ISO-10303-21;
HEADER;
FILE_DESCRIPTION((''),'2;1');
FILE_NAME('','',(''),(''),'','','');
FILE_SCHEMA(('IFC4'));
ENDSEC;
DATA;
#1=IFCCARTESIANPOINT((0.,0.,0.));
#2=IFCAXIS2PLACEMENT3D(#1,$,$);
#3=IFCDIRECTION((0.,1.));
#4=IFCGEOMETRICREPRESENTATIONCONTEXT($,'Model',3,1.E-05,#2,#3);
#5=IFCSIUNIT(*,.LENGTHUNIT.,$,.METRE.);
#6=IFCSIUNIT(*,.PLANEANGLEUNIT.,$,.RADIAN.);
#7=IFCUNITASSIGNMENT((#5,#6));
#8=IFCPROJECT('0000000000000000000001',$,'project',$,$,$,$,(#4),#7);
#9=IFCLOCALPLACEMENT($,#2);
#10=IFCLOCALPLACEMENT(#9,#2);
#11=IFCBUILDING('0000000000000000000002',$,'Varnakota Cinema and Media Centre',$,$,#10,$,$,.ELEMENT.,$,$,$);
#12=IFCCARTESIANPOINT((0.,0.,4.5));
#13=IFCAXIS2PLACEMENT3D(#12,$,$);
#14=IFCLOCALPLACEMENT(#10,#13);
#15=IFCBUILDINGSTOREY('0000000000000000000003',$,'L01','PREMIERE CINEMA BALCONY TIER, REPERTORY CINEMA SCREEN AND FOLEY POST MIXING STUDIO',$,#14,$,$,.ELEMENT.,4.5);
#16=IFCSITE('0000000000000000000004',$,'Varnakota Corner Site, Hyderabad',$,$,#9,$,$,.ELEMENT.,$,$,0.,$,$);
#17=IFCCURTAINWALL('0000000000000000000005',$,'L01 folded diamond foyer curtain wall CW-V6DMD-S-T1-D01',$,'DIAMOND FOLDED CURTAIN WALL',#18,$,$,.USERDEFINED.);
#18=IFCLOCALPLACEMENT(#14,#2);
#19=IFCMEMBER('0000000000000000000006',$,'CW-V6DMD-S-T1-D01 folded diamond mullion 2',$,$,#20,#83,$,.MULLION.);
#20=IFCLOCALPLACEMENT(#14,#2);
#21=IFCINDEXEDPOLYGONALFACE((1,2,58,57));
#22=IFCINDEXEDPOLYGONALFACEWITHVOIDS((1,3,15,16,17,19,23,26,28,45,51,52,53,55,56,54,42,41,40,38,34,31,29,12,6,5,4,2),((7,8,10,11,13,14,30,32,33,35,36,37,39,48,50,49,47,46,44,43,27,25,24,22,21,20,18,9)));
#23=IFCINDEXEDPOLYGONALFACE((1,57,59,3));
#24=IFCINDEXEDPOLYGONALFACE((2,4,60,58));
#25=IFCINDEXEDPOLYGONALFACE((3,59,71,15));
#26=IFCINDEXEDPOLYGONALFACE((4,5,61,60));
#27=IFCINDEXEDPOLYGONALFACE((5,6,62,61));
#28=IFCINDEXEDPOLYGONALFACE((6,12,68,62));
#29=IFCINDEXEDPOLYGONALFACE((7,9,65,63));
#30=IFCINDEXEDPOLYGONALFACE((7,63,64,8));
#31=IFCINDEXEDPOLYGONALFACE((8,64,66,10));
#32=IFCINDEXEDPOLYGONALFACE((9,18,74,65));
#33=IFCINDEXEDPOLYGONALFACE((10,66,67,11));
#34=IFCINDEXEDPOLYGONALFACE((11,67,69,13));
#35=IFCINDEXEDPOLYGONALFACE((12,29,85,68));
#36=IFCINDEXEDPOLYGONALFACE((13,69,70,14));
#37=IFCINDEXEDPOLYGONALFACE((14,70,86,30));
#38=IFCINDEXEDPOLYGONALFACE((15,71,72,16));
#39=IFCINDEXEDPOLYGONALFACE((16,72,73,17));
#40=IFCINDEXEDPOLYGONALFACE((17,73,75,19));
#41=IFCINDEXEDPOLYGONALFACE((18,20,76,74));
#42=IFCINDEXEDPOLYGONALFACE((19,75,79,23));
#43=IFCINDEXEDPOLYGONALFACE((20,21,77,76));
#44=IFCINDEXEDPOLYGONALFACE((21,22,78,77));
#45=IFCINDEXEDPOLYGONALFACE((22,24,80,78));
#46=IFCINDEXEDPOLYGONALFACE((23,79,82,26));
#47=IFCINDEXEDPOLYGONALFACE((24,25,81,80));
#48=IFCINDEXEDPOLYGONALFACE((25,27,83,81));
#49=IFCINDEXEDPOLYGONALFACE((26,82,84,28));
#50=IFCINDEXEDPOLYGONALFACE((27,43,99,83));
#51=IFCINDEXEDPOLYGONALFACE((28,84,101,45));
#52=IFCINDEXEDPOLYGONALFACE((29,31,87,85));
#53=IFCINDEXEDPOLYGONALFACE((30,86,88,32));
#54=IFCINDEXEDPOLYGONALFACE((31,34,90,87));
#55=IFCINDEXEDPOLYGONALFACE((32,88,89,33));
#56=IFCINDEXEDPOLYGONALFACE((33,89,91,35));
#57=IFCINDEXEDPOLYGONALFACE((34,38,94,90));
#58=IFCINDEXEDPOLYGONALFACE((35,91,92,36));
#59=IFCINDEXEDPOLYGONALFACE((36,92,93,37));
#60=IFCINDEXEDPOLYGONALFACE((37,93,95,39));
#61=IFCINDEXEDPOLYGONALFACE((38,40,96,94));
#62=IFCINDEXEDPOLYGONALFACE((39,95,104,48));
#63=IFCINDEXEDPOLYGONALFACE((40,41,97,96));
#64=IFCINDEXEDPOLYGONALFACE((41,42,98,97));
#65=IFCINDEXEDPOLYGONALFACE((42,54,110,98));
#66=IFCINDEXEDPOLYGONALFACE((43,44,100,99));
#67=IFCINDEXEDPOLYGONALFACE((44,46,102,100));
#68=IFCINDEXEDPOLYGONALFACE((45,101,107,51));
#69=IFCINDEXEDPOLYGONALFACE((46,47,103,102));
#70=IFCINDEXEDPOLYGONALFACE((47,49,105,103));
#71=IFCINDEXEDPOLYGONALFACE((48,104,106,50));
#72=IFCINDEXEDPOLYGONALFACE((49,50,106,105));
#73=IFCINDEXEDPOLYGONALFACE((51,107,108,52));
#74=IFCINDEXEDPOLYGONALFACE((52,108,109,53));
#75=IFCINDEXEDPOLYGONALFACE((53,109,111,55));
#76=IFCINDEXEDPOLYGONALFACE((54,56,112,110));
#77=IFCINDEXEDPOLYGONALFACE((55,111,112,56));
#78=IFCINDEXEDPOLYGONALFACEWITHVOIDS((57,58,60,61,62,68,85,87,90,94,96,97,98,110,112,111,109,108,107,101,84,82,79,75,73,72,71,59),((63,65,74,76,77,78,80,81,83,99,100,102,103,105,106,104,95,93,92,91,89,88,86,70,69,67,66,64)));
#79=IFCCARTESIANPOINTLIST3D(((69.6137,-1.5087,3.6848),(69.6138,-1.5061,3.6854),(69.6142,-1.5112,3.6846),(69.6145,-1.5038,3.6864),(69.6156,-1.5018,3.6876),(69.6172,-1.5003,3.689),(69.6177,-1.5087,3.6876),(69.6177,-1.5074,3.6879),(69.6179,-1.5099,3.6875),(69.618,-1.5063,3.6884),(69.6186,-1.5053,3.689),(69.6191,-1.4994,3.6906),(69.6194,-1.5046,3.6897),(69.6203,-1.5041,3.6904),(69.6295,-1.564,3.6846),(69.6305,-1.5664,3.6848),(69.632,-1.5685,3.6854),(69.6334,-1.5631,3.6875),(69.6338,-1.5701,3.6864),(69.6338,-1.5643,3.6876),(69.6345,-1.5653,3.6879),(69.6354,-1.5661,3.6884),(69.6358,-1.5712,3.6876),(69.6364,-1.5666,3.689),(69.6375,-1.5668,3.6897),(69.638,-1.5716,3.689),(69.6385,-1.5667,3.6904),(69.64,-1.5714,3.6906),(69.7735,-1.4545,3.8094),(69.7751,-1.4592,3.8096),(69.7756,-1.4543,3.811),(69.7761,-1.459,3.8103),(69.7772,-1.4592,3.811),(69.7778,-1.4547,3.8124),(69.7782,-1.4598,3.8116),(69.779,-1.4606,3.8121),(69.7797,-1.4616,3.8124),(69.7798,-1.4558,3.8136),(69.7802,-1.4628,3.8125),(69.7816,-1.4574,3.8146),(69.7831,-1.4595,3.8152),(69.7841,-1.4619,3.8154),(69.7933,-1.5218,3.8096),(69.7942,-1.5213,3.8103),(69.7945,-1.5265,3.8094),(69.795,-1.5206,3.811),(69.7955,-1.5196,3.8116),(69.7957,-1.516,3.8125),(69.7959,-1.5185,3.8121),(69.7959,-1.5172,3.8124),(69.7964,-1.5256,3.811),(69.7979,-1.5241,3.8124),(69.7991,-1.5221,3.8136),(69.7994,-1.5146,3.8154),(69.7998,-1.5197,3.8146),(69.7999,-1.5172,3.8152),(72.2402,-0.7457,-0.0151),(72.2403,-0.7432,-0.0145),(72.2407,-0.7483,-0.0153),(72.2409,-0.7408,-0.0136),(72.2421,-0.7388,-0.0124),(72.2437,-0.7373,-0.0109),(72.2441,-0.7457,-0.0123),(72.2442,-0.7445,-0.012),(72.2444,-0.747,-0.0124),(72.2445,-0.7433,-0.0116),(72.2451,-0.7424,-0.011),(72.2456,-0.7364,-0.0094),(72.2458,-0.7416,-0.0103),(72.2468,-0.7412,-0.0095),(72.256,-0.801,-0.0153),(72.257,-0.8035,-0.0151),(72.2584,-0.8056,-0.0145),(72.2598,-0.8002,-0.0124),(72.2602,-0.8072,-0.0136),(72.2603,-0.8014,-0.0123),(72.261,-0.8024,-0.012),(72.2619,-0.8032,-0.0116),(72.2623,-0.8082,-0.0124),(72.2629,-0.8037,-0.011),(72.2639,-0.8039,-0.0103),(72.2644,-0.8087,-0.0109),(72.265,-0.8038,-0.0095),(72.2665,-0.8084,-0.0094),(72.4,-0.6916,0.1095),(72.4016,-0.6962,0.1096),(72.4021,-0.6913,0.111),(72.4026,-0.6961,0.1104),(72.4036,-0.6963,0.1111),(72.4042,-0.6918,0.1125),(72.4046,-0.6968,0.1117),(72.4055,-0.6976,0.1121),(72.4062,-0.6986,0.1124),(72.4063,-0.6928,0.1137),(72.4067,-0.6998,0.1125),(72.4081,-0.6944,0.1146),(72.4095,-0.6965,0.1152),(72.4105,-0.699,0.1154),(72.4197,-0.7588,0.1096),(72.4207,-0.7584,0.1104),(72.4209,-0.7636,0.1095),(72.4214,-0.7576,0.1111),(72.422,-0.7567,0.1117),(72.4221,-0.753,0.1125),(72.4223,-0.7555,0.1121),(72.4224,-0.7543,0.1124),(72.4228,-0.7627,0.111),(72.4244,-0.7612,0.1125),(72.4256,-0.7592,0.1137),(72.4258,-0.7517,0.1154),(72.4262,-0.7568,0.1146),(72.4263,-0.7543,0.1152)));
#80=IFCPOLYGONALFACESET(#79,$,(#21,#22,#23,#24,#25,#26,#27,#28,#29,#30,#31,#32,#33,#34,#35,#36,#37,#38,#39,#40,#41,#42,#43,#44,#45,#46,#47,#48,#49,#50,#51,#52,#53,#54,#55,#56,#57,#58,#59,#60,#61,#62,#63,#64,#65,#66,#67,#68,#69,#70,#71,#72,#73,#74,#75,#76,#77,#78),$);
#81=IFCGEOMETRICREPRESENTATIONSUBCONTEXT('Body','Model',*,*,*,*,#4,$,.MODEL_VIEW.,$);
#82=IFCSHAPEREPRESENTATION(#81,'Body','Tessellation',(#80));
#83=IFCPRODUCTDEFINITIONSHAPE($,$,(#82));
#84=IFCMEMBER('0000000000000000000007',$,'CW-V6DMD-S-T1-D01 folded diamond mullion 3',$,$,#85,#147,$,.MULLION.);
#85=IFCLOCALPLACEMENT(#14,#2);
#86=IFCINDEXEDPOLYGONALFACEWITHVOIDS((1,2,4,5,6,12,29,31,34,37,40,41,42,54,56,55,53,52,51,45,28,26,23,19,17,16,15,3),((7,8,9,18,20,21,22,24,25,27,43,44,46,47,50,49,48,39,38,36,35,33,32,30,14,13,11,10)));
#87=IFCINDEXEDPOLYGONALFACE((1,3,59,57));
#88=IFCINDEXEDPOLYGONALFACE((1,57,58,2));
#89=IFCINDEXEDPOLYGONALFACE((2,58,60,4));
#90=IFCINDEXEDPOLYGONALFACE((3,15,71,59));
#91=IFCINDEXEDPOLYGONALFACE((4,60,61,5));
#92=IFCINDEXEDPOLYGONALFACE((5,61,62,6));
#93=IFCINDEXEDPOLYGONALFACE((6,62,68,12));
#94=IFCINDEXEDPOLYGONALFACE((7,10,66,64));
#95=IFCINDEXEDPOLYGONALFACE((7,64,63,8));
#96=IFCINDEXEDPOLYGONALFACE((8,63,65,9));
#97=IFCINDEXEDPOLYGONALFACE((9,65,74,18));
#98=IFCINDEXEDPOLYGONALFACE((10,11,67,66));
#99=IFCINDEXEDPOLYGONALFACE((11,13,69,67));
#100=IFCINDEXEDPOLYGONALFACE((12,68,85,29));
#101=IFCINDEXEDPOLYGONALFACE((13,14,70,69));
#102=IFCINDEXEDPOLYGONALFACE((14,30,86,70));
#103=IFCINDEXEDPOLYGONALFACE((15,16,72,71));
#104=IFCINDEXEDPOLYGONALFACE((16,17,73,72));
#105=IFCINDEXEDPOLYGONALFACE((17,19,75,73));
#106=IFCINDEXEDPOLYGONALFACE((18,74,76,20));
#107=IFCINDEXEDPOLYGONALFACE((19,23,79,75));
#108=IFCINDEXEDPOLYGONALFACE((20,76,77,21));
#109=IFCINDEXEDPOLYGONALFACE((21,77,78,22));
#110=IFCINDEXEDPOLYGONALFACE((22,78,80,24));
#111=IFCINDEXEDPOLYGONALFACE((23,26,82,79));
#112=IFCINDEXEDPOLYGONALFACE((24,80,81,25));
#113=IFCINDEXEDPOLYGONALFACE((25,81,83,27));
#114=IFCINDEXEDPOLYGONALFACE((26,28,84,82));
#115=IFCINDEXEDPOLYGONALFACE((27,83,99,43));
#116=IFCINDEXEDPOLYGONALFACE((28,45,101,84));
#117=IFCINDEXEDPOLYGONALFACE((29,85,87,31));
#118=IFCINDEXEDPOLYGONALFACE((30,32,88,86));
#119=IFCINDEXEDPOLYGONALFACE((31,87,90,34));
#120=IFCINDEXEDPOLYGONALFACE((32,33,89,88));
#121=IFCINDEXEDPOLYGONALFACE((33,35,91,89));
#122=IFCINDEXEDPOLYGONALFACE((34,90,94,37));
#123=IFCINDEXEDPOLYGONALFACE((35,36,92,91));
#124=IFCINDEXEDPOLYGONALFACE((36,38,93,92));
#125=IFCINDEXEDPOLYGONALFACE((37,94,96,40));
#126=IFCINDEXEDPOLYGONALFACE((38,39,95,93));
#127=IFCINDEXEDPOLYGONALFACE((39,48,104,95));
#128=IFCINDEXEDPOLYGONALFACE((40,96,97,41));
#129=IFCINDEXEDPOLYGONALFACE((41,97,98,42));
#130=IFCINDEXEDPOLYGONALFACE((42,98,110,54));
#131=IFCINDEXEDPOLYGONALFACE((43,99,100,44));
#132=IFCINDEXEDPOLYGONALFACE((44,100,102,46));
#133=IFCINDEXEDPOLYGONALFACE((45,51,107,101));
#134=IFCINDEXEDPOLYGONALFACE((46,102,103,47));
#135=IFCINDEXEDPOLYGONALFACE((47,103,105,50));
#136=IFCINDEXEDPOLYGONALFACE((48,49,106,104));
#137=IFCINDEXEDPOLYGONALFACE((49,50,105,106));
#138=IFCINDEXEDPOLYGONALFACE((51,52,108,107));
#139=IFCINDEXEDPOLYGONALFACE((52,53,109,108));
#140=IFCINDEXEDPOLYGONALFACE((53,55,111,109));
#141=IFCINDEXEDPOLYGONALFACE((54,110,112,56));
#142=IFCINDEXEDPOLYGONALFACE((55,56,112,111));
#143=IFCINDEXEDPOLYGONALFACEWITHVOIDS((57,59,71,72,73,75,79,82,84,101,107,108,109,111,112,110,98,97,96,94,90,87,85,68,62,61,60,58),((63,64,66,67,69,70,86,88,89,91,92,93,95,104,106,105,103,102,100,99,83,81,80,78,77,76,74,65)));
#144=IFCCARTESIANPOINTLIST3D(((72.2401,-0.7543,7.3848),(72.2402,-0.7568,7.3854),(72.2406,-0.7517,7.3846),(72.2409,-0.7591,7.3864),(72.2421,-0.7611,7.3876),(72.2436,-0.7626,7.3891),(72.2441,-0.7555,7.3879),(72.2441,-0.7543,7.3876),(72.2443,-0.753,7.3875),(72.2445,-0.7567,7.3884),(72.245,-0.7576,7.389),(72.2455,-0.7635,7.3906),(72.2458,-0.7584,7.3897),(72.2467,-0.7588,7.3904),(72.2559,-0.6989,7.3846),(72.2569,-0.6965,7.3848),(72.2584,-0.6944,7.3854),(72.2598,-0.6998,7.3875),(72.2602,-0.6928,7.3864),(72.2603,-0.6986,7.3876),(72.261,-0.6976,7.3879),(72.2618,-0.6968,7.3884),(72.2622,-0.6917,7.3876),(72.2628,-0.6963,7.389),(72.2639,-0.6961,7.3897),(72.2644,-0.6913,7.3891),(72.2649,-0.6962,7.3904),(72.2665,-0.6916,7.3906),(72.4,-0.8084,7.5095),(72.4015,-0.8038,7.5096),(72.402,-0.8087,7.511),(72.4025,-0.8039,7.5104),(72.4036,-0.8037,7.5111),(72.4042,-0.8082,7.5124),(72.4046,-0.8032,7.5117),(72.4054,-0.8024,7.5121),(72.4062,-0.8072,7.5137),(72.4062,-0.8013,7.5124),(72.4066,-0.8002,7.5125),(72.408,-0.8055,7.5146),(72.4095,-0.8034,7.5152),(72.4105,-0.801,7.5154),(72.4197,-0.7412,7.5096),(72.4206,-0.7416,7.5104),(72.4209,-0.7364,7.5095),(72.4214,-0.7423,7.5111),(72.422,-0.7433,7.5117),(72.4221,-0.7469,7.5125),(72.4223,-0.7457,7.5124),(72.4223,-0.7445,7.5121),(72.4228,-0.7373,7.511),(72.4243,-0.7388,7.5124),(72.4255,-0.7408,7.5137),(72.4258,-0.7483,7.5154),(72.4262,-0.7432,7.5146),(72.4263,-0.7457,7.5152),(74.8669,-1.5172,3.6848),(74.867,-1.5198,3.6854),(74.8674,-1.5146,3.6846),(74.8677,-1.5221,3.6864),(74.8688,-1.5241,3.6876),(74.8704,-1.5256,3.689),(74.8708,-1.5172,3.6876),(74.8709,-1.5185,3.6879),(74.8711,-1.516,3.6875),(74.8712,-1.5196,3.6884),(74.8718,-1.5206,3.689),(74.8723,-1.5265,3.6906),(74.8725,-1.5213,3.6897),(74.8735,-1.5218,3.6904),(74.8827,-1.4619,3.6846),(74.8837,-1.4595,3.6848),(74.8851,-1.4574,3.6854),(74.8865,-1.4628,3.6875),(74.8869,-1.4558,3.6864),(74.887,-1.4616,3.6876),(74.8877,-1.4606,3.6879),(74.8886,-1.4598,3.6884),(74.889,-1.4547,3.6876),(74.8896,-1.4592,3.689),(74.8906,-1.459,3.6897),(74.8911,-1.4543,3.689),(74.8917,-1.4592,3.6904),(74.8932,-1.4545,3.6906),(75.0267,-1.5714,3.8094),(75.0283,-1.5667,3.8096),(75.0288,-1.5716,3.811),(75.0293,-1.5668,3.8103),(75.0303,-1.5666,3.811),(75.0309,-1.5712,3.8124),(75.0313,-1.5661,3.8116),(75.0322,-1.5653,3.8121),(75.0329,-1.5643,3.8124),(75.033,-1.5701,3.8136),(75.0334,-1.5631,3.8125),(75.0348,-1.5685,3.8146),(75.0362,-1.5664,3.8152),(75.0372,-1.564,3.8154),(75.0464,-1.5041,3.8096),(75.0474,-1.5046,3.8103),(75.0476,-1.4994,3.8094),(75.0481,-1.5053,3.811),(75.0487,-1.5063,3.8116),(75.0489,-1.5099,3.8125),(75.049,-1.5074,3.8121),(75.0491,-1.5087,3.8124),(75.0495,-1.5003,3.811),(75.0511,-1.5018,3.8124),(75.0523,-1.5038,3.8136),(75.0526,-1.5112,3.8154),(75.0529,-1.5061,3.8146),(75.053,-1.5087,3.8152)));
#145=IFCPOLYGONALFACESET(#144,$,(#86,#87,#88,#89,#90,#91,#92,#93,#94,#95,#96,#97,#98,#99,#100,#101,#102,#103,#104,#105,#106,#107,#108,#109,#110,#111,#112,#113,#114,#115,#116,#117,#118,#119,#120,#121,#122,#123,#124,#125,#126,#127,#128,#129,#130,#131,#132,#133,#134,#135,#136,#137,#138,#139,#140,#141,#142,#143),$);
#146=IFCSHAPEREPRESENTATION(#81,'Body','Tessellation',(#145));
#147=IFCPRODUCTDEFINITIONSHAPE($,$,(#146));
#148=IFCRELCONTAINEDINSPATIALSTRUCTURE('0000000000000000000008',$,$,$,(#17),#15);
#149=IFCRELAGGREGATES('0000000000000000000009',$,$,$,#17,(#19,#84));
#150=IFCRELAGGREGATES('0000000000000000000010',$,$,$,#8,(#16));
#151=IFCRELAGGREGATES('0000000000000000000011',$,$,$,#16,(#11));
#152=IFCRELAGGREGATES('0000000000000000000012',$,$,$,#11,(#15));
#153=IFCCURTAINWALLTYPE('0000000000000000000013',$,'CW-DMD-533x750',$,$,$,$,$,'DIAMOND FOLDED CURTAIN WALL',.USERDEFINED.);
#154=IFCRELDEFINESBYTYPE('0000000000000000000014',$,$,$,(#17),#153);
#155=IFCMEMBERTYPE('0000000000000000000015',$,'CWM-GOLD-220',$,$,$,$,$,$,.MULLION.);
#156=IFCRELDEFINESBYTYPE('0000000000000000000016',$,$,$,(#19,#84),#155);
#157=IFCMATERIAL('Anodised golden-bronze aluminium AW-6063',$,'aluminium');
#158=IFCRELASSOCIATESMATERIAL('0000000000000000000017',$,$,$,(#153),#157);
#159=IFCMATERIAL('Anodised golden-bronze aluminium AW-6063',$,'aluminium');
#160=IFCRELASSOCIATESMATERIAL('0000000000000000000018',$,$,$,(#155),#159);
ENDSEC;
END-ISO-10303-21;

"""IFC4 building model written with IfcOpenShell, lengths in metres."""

from ifc_helpers import new_model, si_unit, direction, frame, origin, origin_2d, place, context, subcontext, project, spatial, hollow_rectangle, extrude, material, material_profile, profile_set, type_object, element, aggregate, save


model = new_model("IFC4")

# Units and contexts
model_context = context("Model", 3, precision=1e-05, world=origin(), true_north=direction((0.0, 1.0)))
body_context = subcontext(model_context, "Body", "Model", "MODEL_VIEW")
ifc_project = project(units=[si_unit("LENGTHUNIT", "METRE"), si_unit("PLANEANGLEUNIT", "RADIAN")], contexts=[model_context])

# Site, building, storey
site_placement = place(None, origin())
site = spatial("IfcSite", under=ifc_project, at=site_placement, Name="Varnakota Corner Site, Hyderabad", CompositionType="ELEMENT", RefElevation=0.0)
building_placement = place(site_placement, origin())
building = spatial("IfcBuilding", under=site, at=building_placement, Name="Varnakota Cinema and Media Centre", CompositionType="ELEMENT")
storey_placement = place(building_placement, frame((0.0, 0.0, 4.5)))
storey = spatial("IfcBuildingStorey", under=building, at=storey_placement, Name="L01", Description="PREMIERE CINEMA BALCONY TIER, REPERTORY CINEMA SCREEN AND FOLEY POST MIXING STUDIO", CompositionType="ELEMENT", Elevation=4.5)

# Curtain wall, members
ifc_material_1 = material(Name="Anodised golden-bronze aluminium AW-6063", Category="aluminium")
curtain_wall_type = type_object("IfcCurtainWallType", Name="CW-DMD-533x750", ElementType="DIAMOND FOLDED CURTAIN WALL", PredefinedType="USERDEFINED", material=ifc_material_1)
curtain_wall_1_placement = place(storey_placement, origin())
curtain_wall_1 = element("IfcCurtainWall", 1, at=curtain_wall_1_placement, inside=storey, type_object=curtain_wall_type, Name="L01 folded diamond foyer curtain wall CW-V6DMD-S-T1-D01", ObjectType="DIAMOND FOLDED CURTAIN WALL", PredefinedType="USERDEFINED")
ifc_material_2 = material(Name="Anodised golden-bronze aluminium AW-6063", Category="aluminium")
ifc_material_profile_1 = material_profile(ifc_material_2, hollow_rectangle(XDim=0.075, YDim=0.22, WallThickness=0.0049, InnerFilletRadius=0.0049, OuterFilletRadius=0.01, at=origin_2d()), Name="AL-MULLION 220x75x5")
ifc_profile_set_1 = profile_set([ifc_material_profile_1], Name="Anodised golden-bronze aluminium AW-6063")
member_type_1 = type_object("IfcMemberType", Name="CWM-GOLD-220", PredefinedType="MULLION", material=ifc_profile_set_1)
member_1_placement = place(storey_placement, frame((72.3333, -0.75, 0.05), z_axis=(-0.570835, -0.165817, 0.804147), x_axis=(0.278951, -0.960305, 0.0)))
member_1 = element("IfcMember", 2, at=member_1_placement, type_object=member_type_1, Name="CW-V6DMD-S-T1-D01 folded diamond mullion 2", PredefinedType="MULLION", context=body_context, shape_type="SweptSolid", body=[
    extrude(hollow_rectangle(XDim=0.075, YDim=0.22, WallThickness=0.0049, InnerFilletRadius=0.0049, OuterFilletRadius=0.01, at=origin_2d()), origin(), (0.0, 0.0, 1.0), 4.6011),
])
member_2_placement = place(storey_placement, frame((74.96, -1.5129, 3.75), z_axis=(-0.570871, 0.165812, 0.804122), x_axis=(-0.278927, -0.960312, 0.0)))
member_2 = element("IfcMember", 3, at=member_2_placement, type_object=member_type_1, Name="CW-V6DMD-S-T1-D01 folded diamond mullion 3", PredefinedType="MULLION", context=body_context, shape_type="SweptSolid", body=[
    extrude(hollow_rectangle(XDim=0.075, YDim=0.22, WallThickness=0.0049, InnerFilletRadius=0.0049, OuterFilletRadius=0.01, at=origin_2d()), origin(), (0.0, 0.0, 1.0), 4.6013),
])

aggregate(curtain_wall_1, [member_1, member_2])

save(model, "model.ifc")
